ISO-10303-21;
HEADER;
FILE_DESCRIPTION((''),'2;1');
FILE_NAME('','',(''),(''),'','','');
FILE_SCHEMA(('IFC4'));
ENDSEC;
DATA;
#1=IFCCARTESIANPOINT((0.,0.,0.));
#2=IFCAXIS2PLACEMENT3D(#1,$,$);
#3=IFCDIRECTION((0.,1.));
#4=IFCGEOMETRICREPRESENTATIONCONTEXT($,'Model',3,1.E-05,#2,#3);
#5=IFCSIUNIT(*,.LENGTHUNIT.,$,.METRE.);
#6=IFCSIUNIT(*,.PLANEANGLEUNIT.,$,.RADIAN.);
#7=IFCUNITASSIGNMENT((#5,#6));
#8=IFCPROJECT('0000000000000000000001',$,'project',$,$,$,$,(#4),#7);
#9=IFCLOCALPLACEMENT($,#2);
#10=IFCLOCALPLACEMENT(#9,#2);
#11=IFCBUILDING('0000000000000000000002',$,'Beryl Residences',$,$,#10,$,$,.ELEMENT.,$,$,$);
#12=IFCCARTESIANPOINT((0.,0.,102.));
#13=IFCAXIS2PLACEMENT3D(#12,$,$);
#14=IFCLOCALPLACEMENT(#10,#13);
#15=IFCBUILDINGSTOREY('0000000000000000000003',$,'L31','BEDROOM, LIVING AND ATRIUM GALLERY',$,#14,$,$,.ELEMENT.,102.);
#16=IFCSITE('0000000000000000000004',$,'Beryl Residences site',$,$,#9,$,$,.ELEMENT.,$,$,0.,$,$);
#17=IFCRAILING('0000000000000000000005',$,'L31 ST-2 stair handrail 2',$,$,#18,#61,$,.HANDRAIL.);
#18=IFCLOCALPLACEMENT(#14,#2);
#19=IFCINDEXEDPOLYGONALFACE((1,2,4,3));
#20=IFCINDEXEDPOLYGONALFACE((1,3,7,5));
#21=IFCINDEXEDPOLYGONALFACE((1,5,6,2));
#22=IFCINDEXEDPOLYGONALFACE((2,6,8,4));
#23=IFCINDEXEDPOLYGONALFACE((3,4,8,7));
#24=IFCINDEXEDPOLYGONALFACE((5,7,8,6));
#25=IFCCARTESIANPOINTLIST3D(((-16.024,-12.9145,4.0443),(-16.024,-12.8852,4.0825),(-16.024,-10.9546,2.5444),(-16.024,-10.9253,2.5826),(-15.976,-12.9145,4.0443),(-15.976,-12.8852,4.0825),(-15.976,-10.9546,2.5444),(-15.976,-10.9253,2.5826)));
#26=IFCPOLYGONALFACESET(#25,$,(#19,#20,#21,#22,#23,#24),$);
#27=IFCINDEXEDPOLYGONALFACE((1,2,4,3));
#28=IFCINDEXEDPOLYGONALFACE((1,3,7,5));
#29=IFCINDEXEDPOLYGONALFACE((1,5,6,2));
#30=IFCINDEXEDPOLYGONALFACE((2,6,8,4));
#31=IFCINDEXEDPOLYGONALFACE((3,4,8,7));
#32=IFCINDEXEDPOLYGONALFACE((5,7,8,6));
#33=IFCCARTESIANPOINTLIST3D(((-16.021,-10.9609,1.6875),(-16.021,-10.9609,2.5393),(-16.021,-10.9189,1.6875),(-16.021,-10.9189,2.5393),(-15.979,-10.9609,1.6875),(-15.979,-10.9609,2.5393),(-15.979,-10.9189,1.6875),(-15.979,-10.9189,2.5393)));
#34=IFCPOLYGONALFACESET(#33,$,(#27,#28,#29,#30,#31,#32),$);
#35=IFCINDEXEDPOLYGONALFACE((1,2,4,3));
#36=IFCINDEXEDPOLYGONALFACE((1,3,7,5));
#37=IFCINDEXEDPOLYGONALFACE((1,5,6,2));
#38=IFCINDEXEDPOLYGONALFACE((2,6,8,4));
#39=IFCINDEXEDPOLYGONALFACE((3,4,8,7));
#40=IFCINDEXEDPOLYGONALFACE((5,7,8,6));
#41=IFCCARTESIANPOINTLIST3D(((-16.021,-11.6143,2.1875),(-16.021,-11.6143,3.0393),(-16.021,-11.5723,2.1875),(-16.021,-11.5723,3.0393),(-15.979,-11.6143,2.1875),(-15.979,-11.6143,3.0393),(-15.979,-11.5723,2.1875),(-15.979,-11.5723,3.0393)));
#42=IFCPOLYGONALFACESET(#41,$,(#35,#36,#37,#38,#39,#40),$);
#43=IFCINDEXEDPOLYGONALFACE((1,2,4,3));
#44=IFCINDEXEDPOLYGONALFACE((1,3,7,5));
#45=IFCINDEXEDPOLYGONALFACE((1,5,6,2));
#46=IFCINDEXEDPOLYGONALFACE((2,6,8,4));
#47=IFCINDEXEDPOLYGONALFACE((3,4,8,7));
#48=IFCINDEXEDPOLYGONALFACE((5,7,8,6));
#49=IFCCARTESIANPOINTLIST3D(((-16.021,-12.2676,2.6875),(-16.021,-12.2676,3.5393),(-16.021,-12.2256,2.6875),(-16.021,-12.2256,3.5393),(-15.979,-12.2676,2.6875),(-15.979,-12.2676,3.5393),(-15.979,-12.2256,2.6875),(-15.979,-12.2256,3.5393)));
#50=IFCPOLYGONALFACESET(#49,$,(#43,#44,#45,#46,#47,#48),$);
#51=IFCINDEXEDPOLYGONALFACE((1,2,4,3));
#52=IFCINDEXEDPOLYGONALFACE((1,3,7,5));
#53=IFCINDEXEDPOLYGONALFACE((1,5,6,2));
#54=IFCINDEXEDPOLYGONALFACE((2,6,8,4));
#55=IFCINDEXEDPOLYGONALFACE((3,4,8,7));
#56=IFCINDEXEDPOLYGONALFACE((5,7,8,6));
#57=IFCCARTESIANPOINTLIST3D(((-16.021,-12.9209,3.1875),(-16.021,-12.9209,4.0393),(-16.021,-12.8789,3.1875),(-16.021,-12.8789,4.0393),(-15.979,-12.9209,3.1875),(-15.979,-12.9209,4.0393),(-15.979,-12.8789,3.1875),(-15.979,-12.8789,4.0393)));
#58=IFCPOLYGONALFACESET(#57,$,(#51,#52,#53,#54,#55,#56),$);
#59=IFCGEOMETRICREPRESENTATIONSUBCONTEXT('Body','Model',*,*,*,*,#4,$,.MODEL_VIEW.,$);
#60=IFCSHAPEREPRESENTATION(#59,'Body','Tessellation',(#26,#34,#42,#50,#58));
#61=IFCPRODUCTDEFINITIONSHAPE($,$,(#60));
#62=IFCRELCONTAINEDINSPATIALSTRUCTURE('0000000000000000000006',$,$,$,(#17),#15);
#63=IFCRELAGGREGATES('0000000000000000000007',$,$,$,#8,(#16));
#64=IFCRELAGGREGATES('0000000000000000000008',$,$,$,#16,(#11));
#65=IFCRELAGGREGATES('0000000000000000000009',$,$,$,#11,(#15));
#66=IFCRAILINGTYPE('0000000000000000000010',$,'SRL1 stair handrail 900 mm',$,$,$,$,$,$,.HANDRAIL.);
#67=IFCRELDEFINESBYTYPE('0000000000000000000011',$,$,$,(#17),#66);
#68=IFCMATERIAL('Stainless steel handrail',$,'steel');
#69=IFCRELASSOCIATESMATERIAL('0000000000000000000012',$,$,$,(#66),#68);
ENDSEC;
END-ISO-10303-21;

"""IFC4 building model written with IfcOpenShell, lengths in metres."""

from ifc_helpers import new_model, si_unit, direction, frame, origin, origin_2d, place, context, subcontext, project, spatial, rectangle, extrude, material, type_object, element, save


model = new_model("IFC4")

# Units and contexts
model_context = context("Model", 3, precision=1e-05, world=origin(), true_north=direction((0.0, 1.0)))
body_context = subcontext(model_context, "Body", "Model", "MODEL_VIEW")
ifc_project = project(units=[si_unit("LENGTHUNIT", "METRE"), si_unit("PLANEANGLEUNIT", "RADIAN")], contexts=[model_context])

# Site, building, storey
site_placement = place(None, origin())
site = spatial("IfcSite", under=ifc_project, at=site_placement, Name="Beryl Residences site", CompositionType="ELEMENT", RefElevation=0.0)
building_placement = place(site_placement, origin())
building = spatial("IfcBuilding", under=site, at=building_placement, Name="Beryl Residences", CompositionType="ELEMENT")
storey_placement = place(building_placement, frame((0.0, 0.0, 102.0)))
storey = spatial("IfcBuildingStorey", under=building, at=storey_placement, Name="L31", Description="BEDROOM, LIVING AND ATRIUM GALLERY", CompositionType="ELEMENT", Elevation=102.0)

# Railing
ifc_material_1 = material(Name="Stainless steel handrail", Category="steel")
railing_type_1 = type_object("IfcRailingType", Name="SRL1 stair handrail 900 mm", PredefinedType="HANDRAIL", material=ifc_material_1)
railing_1_placement = place(storey_placement, frame((-16.0, -10.9399, 1.6875)))
element("IfcRailing", 1, at=railing_1_placement, inside=storey, type_object=railing_type_1, Name="L31 ST-2 stair handrail 2", PredefinedType="HANDRAIL", context=body_context, shape_type="SweptSolid", body=[
    extrude(rectangle(XDim=0.0481, YDim=0.0481, at=origin_2d()), frame((0.0, 0.0, 0.876), z_axis=(0.0, -0.794122, 0.607758), x_axis=(1.0, 0.0, 0.0)), (0.0, 0.0, 1.0), 2.468),
    extrude(rectangle(XDim=0.042, YDim=0.042, at=origin_2d()), origin(), (0.0, 0.0, 1.0), 0.8518),
    extrude(rectangle(XDim=0.042, YDim=0.042, at=origin_2d()), frame((0.0, -0.6533, 0.5)), (0.0, 0.0, 1.0), 0.8518),
    extrude(rectangle(XDim=0.042, YDim=0.042, at=origin_2d()), frame((0.0, -1.3066, 1.0)), (0.0, 0.0, 1.0), 0.8518),
    extrude(rectangle(XDim=0.042, YDim=0.042, at=origin_2d()), frame((0.0, -1.96, 1.5)), (0.0, 0.0, 1.0), 0.8518),
])

save(model, "model.ifc")
